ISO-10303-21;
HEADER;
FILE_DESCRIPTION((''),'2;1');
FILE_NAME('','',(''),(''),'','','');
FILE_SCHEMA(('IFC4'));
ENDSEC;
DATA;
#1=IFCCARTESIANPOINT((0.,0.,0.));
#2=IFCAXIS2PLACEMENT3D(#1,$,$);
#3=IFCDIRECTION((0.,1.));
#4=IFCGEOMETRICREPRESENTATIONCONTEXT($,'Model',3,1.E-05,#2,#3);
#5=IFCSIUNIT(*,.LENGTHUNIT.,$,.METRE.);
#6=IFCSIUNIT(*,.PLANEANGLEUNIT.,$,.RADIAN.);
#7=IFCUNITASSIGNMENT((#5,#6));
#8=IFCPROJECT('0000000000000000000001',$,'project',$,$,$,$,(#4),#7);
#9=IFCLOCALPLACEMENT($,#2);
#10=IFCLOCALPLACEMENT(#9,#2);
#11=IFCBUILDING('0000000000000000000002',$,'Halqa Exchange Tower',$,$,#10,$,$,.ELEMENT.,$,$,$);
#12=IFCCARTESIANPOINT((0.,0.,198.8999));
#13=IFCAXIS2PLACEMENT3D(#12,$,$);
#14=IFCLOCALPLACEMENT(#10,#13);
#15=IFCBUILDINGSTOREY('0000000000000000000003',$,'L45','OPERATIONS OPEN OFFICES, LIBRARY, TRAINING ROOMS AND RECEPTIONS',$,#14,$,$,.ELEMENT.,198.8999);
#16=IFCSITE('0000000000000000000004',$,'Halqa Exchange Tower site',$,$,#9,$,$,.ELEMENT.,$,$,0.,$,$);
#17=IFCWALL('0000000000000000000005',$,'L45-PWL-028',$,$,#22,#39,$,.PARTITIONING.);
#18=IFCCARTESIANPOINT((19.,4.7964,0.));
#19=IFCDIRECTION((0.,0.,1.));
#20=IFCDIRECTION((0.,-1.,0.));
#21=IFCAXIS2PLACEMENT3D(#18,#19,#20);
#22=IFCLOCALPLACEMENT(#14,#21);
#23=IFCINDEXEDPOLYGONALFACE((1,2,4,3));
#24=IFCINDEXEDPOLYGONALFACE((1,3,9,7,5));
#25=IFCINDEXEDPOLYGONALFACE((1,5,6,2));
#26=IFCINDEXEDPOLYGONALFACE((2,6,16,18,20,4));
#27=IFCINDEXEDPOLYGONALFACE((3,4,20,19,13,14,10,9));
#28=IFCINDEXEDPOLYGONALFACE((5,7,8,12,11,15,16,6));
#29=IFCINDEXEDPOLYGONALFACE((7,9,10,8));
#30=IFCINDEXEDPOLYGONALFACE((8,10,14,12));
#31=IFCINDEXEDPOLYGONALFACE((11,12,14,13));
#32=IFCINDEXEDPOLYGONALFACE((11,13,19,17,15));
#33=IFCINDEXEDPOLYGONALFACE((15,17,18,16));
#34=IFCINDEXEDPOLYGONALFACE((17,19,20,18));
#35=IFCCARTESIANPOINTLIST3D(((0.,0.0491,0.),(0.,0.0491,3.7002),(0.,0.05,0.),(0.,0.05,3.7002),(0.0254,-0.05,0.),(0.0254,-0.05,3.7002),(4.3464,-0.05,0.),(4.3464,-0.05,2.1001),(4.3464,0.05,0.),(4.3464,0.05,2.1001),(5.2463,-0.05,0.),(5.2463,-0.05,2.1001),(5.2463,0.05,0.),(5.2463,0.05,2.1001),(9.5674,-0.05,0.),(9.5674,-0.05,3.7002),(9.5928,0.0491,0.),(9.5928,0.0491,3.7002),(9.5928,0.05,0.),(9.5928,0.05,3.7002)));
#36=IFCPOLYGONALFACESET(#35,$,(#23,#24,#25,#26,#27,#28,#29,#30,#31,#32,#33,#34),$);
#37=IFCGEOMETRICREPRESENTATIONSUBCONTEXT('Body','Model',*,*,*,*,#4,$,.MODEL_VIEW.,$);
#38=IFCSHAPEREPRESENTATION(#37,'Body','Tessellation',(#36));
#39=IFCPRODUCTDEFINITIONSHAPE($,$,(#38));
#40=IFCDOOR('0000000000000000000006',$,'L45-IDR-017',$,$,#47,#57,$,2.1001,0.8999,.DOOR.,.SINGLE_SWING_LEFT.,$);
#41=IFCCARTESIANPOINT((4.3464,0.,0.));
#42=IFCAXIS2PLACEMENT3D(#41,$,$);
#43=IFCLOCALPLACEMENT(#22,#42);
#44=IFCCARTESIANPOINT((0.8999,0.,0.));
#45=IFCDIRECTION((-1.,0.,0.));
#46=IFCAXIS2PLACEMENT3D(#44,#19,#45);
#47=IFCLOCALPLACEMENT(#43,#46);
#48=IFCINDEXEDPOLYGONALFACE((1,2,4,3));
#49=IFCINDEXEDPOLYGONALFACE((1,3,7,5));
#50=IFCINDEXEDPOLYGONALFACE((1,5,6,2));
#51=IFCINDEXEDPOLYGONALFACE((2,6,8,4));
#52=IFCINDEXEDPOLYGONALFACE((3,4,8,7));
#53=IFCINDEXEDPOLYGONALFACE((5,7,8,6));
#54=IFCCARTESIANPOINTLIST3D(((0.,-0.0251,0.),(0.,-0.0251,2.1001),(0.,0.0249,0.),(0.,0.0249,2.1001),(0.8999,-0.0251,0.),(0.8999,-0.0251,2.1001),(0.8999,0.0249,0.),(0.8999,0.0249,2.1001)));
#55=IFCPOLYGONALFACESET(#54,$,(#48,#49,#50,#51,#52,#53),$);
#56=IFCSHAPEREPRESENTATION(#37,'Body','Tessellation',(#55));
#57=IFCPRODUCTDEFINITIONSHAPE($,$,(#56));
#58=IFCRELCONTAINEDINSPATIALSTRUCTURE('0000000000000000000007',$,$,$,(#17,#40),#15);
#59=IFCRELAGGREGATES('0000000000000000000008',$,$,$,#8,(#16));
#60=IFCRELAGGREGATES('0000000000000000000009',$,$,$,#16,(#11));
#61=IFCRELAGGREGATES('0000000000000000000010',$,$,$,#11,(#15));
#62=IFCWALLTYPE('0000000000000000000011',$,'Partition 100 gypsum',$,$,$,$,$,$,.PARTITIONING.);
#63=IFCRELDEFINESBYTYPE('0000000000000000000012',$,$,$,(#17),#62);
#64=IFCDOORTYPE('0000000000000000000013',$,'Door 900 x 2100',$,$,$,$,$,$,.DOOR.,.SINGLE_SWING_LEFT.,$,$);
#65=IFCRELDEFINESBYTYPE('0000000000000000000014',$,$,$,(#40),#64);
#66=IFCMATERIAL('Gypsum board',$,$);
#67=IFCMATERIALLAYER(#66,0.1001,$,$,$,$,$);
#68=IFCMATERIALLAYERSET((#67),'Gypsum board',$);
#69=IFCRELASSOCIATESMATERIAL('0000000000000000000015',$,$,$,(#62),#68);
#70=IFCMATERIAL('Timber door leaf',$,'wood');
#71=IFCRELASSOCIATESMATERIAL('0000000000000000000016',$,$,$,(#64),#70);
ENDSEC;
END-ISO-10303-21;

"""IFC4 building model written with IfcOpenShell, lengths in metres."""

from ifc_helpers import new_model, si_unit, direction, frame, frame_2d, origin, place, context, subcontext, project, spatial, polyline, rectangle, outline, extrude, material, layer, layer_set, type_object, element, fill, save


model = new_model("IFC4")

# Units and contexts
model_context = context("Model", 3, precision=1e-05, world=origin(), true_north=direction((0.0, 1.0)))
body_context = subcontext(model_context, "Body", "Model", "MODEL_VIEW")
ifc_project = project(units=[si_unit("LENGTHUNIT", "METRE"), si_unit("PLANEANGLEUNIT", "RADIAN")], contexts=[model_context])

# Site, building, storey
site_placement = place(None, origin())
site = spatial("IfcSite", under=ifc_project, at=site_placement, Name="Halqa Exchange Tower site", CompositionType="ELEMENT", RefElevation=0.0)
building_placement = place(site_placement, origin())
building = spatial("IfcBuilding", under=site, at=building_placement, Name="Halqa Exchange Tower", CompositionType="ELEMENT")
storey_placement = place(building_placement, frame((0.0, 0.0, 198.8999)))
storey = spatial("IfcBuildingStorey", under=building, at=storey_placement, Name="L45", Description="OPERATIONS OPEN OFFICES, LIBRARY, TRAINING ROOMS AND RECEPTIONS", CompositionType="ELEMENT", Elevation=198.8999)

# Wall, opening, door
ifc_material_1 = material(Name="Gypsum board")
ifc_layer_1 = layer(ifc_material_1, 0.1001)
ifc_layer_set_1 = layer_set([ifc_layer_1], Name="Gypsum board")
wall_type_1 = type_object("IfcWallType", Name="Partition 100 gypsum", PredefinedType="PARTITIONING", material=ifc_layer_set_1)
wall_1_placement = place(storey_placement, frame((19.0, 4.7964, 0.0), z_axis=(0.0, 0.0, 1.0), x_axis=(0.0, -1.0, 0.0)))
wall_1 = element("IfcWall", 1, at=wall_1_placement, inside=storey, type_object=wall_type_1, Name="L45-PWL-028", PredefinedType="PARTITIONING", context=body_context, shape_type="SweptSolid", body=[
    extrude(outline(polyline([(0.0254, -0.05), (1.9338, -0.05), (3.8423, -0.05), (5.7505, -0.05), (7.6589, -0.05), (9.5674, -0.05), (9.5928, 0.0491), (9.5928, 0.05), (7.6743, 0.05), (5.7556, 0.05), (3.8372, 0.05), (1.9185, 0.05), (0.0, 0.05), (0.0, 0.0491), (0.0254, -0.05)])), origin(), (0.0, 0.0, 1.0), 3.7002),
])
opening_1_placement = place(wall_1_placement, frame((4.3464, 0.0, 0.0)))
opening_1 = element("IfcOpeningElement", 2, at=opening_1_placement, cuts=wall_1, PredefinedType="OPENING", context=body_context, shape_type="SweptSolid", body=[
    extrude(rectangle(XDim=0.8999, YDim=2.1001, at=frame_2d((0.45, 1.05))), frame((0.0, 0.062, 0.0), z_axis=(0.0, -1.0, 0.0), x_axis=(1.0, 0.0, 0.0)), (0.0, 0.0, 1.0), 0.124),
])
ifc_material_2 = material(Name="Timber door leaf", Category="wood")
door_type = type_object("IfcDoorType", Name="Door 900 x 2100", OperationType="SINGLE_SWING_LEFT", PredefinedType="DOOR", material=ifc_material_2)
door_placement = place(opening_1_placement, frame((0.8999, 0.0, 0.0), z_axis=(0.0, 0.0, 1.0), x_axis=(-1.0, 0.0, 0.0)))
door = element("IfcDoor", 3, at=door_placement, inside=storey, type_object=door_type, Name="L45-IDR-017", OperationType="SINGLE_SWING_LEFT", OverallHeight=2.1001, OverallWidth=0.8999, PredefinedType="DOOR", context=body_context, shape_type="SweptSolid", body=[
    extrude(rectangle(XDim=0.8999, YDim=2.1001, at=frame_2d((0.45, 1.05))), frame((0.0, 0.0249, 0.0), z_axis=(0.0, -1.0, 0.0), x_axis=(1.0, 0.0, 0.0)), (0.0, 0.0, 1.0), 0.05),
])
fill(opening_1, door)

save(model, "model.ifc")
